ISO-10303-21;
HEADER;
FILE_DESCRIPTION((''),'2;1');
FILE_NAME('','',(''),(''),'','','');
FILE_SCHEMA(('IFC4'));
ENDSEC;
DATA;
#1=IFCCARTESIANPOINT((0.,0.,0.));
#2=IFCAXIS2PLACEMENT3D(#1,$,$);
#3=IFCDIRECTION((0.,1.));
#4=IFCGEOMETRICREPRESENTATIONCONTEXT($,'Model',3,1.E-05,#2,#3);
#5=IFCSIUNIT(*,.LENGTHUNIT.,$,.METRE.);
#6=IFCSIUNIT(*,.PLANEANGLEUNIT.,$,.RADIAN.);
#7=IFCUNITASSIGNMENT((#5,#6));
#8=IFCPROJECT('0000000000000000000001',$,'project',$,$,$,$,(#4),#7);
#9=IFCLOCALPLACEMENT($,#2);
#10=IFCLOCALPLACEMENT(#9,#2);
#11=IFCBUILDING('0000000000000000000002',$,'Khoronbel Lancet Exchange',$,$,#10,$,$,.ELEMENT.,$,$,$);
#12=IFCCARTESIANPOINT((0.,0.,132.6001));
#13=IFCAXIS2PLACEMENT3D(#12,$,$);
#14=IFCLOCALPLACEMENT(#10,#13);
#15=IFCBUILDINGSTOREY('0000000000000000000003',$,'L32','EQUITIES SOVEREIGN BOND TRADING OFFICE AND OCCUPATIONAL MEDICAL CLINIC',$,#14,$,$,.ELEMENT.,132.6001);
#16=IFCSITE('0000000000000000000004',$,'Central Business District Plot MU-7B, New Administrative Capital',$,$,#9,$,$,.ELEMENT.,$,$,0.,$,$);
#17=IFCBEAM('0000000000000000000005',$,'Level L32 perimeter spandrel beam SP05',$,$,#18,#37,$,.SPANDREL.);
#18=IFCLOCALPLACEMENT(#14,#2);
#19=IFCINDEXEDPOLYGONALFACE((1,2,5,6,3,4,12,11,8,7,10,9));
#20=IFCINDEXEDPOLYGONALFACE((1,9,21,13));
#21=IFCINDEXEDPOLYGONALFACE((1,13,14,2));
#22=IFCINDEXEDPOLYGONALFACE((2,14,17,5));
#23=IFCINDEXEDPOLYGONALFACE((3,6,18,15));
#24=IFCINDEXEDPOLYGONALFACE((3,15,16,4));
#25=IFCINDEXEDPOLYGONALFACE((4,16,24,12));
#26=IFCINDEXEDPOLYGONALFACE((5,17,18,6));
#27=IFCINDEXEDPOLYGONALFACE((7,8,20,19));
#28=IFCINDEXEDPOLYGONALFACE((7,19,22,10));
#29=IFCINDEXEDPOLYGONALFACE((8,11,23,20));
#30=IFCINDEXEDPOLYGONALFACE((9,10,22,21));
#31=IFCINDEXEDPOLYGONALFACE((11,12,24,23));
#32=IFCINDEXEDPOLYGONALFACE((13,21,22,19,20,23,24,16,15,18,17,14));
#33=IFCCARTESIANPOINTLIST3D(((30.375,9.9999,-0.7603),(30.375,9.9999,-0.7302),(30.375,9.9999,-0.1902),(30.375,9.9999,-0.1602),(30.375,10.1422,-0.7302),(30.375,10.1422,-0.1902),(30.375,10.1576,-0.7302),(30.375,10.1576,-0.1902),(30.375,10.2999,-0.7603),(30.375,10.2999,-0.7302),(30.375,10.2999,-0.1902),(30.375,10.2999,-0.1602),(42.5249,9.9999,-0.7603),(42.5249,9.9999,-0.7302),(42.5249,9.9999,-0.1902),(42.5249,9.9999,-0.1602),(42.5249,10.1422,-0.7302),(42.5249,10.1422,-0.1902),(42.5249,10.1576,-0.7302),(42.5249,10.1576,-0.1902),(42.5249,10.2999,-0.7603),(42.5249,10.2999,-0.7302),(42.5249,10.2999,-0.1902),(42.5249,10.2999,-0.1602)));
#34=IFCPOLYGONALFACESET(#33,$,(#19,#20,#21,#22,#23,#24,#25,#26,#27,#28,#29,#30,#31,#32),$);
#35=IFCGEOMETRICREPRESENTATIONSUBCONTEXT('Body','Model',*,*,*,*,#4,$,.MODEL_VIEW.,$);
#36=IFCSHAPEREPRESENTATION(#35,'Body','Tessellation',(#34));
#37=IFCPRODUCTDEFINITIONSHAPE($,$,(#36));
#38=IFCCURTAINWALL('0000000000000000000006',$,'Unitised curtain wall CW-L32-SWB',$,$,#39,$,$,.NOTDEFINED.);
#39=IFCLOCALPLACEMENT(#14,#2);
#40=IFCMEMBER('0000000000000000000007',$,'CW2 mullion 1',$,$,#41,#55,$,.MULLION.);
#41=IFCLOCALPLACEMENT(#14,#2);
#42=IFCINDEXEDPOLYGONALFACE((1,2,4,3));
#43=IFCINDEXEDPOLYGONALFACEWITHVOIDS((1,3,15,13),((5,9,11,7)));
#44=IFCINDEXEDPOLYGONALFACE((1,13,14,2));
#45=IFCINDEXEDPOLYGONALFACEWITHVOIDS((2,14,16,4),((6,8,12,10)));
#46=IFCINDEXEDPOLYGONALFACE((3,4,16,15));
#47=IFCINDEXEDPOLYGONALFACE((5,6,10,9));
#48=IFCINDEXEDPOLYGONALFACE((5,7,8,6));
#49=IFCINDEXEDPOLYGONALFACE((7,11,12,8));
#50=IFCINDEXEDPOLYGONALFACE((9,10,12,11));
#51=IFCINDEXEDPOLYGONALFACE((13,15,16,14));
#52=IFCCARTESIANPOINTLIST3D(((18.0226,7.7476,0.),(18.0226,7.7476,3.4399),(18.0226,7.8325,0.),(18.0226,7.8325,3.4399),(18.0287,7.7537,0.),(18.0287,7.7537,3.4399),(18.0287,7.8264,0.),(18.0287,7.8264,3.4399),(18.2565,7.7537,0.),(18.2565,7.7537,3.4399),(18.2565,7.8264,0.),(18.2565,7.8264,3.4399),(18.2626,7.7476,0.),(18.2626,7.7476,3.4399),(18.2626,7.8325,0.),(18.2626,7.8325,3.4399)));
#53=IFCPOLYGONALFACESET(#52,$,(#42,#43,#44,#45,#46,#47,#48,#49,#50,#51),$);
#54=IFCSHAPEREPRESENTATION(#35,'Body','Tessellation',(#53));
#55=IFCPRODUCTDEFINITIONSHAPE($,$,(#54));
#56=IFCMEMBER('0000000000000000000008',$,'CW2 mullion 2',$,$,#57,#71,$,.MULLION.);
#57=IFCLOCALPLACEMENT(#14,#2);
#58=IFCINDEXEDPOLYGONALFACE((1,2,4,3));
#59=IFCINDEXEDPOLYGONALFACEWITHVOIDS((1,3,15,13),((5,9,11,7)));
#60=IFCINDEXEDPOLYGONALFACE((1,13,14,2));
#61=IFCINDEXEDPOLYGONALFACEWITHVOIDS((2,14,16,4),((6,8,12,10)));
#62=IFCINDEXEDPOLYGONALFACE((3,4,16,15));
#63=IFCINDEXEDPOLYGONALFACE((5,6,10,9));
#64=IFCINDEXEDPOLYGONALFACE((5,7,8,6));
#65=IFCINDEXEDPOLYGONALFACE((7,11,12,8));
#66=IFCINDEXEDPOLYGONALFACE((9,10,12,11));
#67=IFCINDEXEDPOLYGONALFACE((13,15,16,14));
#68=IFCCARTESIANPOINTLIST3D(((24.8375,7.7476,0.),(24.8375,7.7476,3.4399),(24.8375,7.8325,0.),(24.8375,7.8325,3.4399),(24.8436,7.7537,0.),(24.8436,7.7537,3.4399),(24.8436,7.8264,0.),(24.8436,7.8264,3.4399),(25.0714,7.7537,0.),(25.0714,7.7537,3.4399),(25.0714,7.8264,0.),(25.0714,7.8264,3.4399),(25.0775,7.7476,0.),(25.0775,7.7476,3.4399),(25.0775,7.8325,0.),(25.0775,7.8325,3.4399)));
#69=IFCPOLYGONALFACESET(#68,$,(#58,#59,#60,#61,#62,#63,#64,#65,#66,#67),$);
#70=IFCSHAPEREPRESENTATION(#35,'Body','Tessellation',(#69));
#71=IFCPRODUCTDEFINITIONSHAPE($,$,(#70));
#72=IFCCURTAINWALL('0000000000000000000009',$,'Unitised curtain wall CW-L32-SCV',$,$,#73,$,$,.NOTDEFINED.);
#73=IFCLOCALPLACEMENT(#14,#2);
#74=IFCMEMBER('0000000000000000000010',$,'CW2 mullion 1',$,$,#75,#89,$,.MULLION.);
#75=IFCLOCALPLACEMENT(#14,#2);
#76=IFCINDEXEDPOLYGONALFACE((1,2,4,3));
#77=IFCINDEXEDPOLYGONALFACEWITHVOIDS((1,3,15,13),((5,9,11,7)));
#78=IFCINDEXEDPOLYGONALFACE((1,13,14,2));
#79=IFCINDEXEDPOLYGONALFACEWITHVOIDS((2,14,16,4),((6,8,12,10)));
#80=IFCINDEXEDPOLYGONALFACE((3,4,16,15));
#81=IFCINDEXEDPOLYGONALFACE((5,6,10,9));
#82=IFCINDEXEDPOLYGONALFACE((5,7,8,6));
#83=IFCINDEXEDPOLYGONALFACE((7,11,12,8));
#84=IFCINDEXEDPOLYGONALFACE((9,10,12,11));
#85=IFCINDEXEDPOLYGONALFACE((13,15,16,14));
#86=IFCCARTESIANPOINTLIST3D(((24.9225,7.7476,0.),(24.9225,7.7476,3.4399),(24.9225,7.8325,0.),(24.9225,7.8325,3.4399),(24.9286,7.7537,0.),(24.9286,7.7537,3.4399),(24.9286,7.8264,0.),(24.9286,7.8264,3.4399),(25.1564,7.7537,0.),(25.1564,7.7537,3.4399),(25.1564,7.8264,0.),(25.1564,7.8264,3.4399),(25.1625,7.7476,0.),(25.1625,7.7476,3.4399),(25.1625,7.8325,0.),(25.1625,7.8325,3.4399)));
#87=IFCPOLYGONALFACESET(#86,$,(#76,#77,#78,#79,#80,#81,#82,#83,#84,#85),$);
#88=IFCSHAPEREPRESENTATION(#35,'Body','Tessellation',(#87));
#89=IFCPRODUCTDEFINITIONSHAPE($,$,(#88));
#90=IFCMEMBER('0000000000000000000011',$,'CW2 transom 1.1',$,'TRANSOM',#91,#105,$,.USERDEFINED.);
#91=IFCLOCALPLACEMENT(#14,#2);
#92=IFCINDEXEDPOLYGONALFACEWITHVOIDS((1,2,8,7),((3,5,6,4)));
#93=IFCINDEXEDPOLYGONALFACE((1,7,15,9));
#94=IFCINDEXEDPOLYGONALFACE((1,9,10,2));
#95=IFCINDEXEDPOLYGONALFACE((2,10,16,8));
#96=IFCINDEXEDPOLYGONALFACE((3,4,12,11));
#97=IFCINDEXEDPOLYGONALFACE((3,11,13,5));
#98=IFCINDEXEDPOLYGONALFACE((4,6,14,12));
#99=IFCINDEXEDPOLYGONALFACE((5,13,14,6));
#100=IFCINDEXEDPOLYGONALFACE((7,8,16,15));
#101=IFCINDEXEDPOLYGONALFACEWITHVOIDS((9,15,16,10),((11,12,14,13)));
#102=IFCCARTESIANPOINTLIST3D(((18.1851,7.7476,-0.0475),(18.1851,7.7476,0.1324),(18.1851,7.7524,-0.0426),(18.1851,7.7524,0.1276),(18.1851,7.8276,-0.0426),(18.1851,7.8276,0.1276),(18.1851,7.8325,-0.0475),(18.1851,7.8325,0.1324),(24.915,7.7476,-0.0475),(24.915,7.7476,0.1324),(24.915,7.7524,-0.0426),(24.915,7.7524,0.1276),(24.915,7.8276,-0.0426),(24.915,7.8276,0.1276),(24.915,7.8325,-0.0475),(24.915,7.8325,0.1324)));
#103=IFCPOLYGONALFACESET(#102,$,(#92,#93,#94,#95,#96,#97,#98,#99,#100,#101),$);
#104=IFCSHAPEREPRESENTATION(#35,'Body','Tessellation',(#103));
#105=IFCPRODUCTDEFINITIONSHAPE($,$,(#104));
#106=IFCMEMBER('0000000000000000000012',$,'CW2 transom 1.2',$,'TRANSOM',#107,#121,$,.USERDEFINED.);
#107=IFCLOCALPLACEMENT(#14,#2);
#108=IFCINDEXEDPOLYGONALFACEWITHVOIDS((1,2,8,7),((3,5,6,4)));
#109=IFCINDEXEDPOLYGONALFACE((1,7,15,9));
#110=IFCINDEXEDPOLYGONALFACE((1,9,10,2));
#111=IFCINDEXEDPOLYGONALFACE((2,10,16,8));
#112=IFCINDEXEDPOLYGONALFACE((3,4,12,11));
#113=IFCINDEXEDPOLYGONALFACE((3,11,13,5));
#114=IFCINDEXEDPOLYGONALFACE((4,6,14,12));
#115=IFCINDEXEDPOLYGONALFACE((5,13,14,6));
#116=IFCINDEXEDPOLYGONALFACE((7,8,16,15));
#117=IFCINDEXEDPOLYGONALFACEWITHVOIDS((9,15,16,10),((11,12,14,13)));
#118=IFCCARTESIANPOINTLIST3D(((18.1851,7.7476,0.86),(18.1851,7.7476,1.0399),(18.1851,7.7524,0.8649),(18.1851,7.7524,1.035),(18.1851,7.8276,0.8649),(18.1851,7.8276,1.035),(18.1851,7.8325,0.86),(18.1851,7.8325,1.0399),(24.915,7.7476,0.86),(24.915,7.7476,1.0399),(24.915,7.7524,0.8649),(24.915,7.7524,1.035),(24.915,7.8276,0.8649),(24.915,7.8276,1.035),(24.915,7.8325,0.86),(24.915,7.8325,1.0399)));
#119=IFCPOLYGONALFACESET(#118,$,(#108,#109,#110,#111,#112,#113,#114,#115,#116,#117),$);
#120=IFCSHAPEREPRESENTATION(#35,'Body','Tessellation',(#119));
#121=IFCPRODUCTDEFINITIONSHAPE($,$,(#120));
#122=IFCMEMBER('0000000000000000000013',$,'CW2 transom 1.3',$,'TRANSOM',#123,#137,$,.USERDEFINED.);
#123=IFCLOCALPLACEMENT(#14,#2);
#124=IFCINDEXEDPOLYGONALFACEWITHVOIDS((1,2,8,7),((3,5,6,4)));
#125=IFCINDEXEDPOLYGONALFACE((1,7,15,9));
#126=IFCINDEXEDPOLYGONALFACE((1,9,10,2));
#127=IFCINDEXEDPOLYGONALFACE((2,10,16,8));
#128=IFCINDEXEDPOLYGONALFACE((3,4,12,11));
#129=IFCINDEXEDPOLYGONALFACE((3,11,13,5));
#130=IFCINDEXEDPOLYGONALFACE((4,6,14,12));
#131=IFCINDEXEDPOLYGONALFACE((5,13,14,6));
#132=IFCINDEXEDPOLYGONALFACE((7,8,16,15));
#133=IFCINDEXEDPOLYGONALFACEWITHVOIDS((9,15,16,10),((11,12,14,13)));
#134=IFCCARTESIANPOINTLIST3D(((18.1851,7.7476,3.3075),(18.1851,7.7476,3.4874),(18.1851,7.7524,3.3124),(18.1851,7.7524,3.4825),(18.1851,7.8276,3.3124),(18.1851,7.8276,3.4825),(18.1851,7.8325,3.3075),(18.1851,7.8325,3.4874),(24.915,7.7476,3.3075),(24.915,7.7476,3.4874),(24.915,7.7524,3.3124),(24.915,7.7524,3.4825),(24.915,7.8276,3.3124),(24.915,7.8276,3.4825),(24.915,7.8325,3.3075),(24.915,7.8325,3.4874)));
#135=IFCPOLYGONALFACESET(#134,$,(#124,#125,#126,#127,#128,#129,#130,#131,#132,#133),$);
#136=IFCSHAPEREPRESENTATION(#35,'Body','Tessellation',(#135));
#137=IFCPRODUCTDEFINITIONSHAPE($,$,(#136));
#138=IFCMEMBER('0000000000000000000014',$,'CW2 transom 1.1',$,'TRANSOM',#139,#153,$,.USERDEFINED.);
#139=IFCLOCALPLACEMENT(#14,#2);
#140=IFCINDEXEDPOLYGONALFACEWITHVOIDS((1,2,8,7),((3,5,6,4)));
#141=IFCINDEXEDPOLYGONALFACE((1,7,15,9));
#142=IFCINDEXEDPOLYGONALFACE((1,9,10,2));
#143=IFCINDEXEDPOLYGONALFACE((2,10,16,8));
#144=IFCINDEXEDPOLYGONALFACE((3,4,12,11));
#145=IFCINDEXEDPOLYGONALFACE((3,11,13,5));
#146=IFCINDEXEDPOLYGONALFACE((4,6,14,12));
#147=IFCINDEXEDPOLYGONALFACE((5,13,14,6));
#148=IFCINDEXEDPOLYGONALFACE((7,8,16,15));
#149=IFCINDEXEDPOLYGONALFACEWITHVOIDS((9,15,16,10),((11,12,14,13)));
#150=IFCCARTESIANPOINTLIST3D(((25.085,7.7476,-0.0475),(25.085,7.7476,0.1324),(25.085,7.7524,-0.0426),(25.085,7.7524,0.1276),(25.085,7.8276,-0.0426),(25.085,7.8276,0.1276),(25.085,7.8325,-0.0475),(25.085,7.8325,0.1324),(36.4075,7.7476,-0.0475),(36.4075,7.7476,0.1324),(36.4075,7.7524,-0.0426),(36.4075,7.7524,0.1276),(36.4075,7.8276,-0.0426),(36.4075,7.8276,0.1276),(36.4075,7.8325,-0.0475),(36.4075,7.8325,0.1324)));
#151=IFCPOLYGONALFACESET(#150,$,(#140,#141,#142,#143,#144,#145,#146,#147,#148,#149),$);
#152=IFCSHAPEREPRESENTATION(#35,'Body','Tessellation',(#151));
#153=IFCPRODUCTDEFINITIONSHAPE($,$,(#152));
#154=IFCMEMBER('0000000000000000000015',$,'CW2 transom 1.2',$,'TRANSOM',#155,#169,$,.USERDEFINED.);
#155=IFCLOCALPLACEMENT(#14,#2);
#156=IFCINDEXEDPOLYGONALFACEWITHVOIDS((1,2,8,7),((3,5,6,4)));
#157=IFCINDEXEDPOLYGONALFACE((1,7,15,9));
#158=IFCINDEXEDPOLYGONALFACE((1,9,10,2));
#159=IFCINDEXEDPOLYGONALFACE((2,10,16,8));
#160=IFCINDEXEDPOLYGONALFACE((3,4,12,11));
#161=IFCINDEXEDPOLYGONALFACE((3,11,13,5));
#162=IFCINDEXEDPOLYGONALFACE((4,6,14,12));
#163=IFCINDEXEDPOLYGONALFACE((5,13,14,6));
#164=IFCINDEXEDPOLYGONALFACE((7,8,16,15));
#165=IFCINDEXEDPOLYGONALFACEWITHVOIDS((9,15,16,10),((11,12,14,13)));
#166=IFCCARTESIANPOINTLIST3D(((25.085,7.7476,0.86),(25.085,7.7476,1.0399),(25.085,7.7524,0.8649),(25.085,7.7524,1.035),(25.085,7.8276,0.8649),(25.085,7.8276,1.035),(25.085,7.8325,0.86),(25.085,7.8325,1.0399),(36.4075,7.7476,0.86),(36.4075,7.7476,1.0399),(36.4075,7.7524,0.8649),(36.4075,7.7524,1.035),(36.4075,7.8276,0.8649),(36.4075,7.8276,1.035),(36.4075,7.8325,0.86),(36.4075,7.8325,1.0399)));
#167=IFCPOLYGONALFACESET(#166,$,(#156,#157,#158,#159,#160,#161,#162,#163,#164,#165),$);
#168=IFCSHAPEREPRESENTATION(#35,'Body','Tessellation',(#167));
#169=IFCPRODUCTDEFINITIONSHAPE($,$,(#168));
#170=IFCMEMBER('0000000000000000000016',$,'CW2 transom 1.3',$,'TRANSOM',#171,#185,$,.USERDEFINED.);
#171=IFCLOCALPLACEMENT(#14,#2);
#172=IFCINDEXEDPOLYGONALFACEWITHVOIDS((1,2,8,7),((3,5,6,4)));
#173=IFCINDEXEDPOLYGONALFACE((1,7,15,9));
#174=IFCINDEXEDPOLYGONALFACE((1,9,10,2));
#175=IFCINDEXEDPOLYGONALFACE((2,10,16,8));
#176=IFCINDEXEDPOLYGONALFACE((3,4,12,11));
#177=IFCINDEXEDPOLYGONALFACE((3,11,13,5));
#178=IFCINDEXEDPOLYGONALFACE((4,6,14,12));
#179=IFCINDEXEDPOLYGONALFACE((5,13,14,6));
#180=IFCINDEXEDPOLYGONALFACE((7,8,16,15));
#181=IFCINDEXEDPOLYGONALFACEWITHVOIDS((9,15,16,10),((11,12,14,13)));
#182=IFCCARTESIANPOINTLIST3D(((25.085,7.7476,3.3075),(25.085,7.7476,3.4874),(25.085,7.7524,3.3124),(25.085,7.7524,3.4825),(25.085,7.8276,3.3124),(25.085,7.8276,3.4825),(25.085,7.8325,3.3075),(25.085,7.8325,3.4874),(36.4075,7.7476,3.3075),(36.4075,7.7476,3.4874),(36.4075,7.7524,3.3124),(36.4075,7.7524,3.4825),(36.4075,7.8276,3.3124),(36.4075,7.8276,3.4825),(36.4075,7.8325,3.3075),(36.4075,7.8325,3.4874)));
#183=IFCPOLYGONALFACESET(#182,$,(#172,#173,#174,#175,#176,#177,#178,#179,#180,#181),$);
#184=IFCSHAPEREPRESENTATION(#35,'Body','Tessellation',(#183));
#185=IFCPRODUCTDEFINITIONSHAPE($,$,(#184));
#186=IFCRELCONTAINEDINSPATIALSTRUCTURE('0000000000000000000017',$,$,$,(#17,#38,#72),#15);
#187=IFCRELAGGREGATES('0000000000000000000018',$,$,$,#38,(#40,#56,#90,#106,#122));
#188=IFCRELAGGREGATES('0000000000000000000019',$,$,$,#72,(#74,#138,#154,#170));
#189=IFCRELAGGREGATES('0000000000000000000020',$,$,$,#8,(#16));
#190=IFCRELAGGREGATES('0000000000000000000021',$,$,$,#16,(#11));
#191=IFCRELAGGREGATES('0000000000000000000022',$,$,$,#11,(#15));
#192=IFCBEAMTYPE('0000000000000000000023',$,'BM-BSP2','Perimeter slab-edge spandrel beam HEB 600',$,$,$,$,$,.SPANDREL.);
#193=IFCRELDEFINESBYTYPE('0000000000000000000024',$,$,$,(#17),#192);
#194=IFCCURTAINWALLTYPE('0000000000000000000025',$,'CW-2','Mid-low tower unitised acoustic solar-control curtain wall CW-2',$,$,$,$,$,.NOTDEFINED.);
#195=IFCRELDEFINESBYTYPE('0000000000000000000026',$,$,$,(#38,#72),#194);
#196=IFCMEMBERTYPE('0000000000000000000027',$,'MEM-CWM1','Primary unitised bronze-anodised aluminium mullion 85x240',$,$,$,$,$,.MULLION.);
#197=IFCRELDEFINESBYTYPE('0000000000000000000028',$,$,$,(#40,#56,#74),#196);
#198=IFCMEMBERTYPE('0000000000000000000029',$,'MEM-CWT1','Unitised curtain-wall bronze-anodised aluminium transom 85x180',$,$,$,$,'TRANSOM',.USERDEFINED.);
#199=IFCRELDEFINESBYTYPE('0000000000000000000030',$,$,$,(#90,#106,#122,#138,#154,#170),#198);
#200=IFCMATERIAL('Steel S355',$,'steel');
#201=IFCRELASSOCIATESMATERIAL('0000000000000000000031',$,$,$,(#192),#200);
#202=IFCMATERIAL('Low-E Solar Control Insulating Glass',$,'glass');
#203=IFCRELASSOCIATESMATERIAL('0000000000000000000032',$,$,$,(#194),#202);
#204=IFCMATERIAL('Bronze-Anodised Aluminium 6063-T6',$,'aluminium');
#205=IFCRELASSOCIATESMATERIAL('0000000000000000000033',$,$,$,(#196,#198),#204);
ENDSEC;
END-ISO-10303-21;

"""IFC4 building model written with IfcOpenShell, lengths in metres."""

from ifc_helpers import new_model, si_unit, direction, frame, origin, origin_2d, place, context, subcontext, project, spatial, hollow_rectangle, i_section, extrude, material, material_profile, profile_set, type_object, element, aggregate, save


model = new_model("IFC4")

# Units and contexts
model_context = context("Model", 3, precision=1e-05, world=origin(), true_north=direction((0.0, 1.0)))
body_context = subcontext(model_context, "Body", "Model", "MODEL_VIEW")
ifc_project = project(units=[si_unit("LENGTHUNIT", "METRE"), si_unit("PLANEANGLEUNIT", "RADIAN")], contexts=[model_context])

# Site, building, storey
site_placement = place(None, origin())
site = spatial("IfcSite", under=ifc_project, at=site_placement, Name="Central Business District Plot MU-7B, New Administrative Capital", CompositionType="ELEMENT", RefElevation=0.0)
building_placement = place(site_placement, origin())
building = spatial("IfcBuilding", under=site, at=building_placement, Name="Khoronbel Lancet Exchange", CompositionType="ELEMENT")
storey_placement = place(building_placement, frame((0.0, 0.0, 132.6001)))
storey = spatial("IfcBuildingStorey", under=building, at=storey_placement, Name="L32", Description="EQUITIES SOVEREIGN BOND TRADING OFFICE AND OCCUPATIONAL MEDICAL CLINIC", CompositionType="ELEMENT", Elevation=132.6001)

# Beam
ifc_material_1 = material(Name="Steel S355", Category="steel")
ifc_material_profile_1 = material_profile(ifc_material_1, i_section(OverallWidth=0.3, OverallDepth=0.6001, WebThickness=0.0154, FlangeThickness=0.03, at=origin_2d()), Name="HEB 600")
ifc_profile_set_1 = profile_set([ifc_material_profile_1], Name="Steel S355")
beam_type_1 = type_object("IfcBeamType", Name="BM-BSP2", Description="Perimeter slab-edge spandrel beam HEB 600", PredefinedType="SPANDREL", material=ifc_profile_set_1)
beam_1_placement = place(storey_placement, frame((30.375, 10.1499, -0.4602), z_axis=(1.0, 0.0, 0.0), x_axis=(0.0, 1.0, 0.0)))
element("IfcBeam", 1, at=beam_1_placement, inside=storey, type_object=beam_type_1, Name="Level L32 perimeter spandrel beam SP05", PredefinedType="SPANDREL", context=body_context, shape_type="SweptSolid", body=[
    extrude(i_section(OverallWidth=0.3, OverallDepth=0.6001, WebThickness=0.0154, FlangeThickness=0.03, at=origin_2d()), origin(), (0.0, 0.0, 1.0), 12.1499),
])

# Curtain wall, members
ifc_material_2 = material(Name="Low-E Solar Control Insulating Glass", Category="glass")
curtain_wall_type = type_object("IfcCurtainWallType", Name="CW-2", Description="Mid-low tower unitised acoustic solar-control curtain wall CW-2", PredefinedType="NOTDEFINED", material=ifc_material_2)
curtain_wall_1_placement = place(storey_placement, origin())
curtain_wall_1 = element("IfcCurtainWall", 2, at=curtain_wall_1_placement, inside=storey, type_object=curtain_wall_type, Name="Unitised curtain wall CW-L32-SWB", PredefinedType="NOTDEFINED")
ifc_material_3 = material(Name="Bronze-Anodised Aluminium 6063-T6", Category="aluminium")
ifc_material_profile_2 = material_profile(ifc_material_3, hollow_rectangle(XDim=0.085, YDim=0.24, WallThickness=0.0061, at=origin_2d()), Name="ALU MULLION 85x240")
ifc_profile_set_2 = profile_set([ifc_material_profile_2], Name="Bronze-Anodised Aluminium 6063-T6")
member_type_1 = type_object("IfcMemberType", Name="MEM-CWM1", Description="Primary unitised bronze-anodised aluminium mullion 85x240", PredefinedType="MULLION", material=ifc_profile_set_2)
member_1_placement = place(storey_placement, frame((18.1426, 7.79, 0.0), z_axis=(0.0, 0.0, 1.0), x_axis=(0.0, 1.0, 0.0)))
member_1 = element("IfcMember", 3, at=member_1_placement, type_object=member_type_1, Name="CW2 mullion 1", PredefinedType="MULLION", context=body_context, shape_type="SweptSolid", body=[
    extrude(hollow_rectangle(XDim=0.085, YDim=0.24, WallThickness=0.0061, at=origin_2d()), origin(), (0.0, 0.0, 1.0), 3.4399),
])
member_2_placement = place(storey_placement, frame((24.9575, 7.79, 0.0), z_axis=(0.0, 0.0, 1.0), x_axis=(0.0, 1.0, 0.0)))
member_2 = element("IfcMember", 4, at=member_2_placement, type_object=member_type_1, Name="CW2 mullion 2", PredefinedType="MULLION", context=body_context, shape_type="SweptSolid", body=[
    extrude(hollow_rectangle(XDim=0.085, YDim=0.24, WallThickness=0.0061, at=origin_2d()), origin(), (0.0, 0.0, 1.0), 3.4399),
])

# Curtain wall, member
curtain_wall_2_placement = place(storey_placement, origin())
curtain_wall_2 = element("IfcCurtainWall", 5, at=curtain_wall_2_placement, inside=storey, type_object=curtain_wall_type, Name="Unitised curtain wall CW-L32-SCV", PredefinedType="NOTDEFINED")
member_3_placement = place(storey_placement, frame((25.0425, 7.79, 0.0), z_axis=(0.0, 0.0, 1.0), x_axis=(0.0, 1.0, 0.0)))
member_3 = element("IfcMember", 6, at=member_3_placement, type_object=member_type_1, Name="CW2 mullion 1", PredefinedType="MULLION", context=body_context, shape_type="SweptSolid", body=[
    extrude(hollow_rectangle(XDim=0.085, YDim=0.24, WallThickness=0.0061, at=origin_2d()), origin(), (0.0, 0.0, 1.0), 3.4399),
])

# Members
ifc_material_profile_3 = material_profile(ifc_material_3, hollow_rectangle(XDim=0.085, YDim=0.1799, WallThickness=0.0049, at=origin_2d()), Name="ALU TRANSOM 85x180")
ifc_profile_set_3 = profile_set([ifc_material_profile_3], Name="Bronze-Anodised Aluminium 6063-T6")
member_type_2 = type_object("IfcMemberType", Name="MEM-CWT1", Description="Unitised curtain-wall bronze-anodised aluminium transom 85x180", ElementType="TRANSOM", PredefinedType="USERDEFINED", material=ifc_profile_set_3)
member_4_placement = place(storey_placement, frame((18.1851, 7.79, 0.0425), z_axis=(1.0, 0.0, 0.0), x_axis=(0.0, 1.0, 0.0)))
member_4 = element("IfcMember", 7, at=member_4_placement, type_object=member_type_2, Name="CW2 transom 1.1", ObjectType="TRANSOM", PredefinedType="USERDEFINED", context=body_context, shape_type="SweptSolid", body=[
    extrude(hollow_rectangle(XDim=0.085, YDim=0.1799, WallThickness=0.0049, at=origin_2d()), origin(), (0.0, 0.0, 1.0), 6.73),
])
member_5_placement = place(storey_placement, frame((18.1851, 7.79, 0.95), z_axis=(1.0, 0.0, 0.0), x_axis=(0.0, 1.0, 0.0)))
member_5 = element("IfcMember", 8, at=member_5_placement, type_object=member_type_2, Name="CW2 transom 1.2", ObjectType="TRANSOM", PredefinedType="USERDEFINED", context=body_context, shape_type="SweptSolid", body=[
    extrude(hollow_rectangle(XDim=0.085, YDim=0.1799, WallThickness=0.0049, at=origin_2d()), origin(), (0.0, 0.0, 1.0), 6.73),
])
member_6_placement = place(storey_placement, frame((18.1851, 7.79, 3.3975), z_axis=(1.0, 0.0, 0.0), x_axis=(0.0, 1.0, 0.0)))
member_6 = element("IfcMember", 9, at=member_6_placement, type_object=member_type_2, Name="CW2 transom 1.3", ObjectType="TRANSOM", PredefinedType="USERDEFINED", context=body_context, shape_type="SweptSolid", body=[
    extrude(hollow_rectangle(XDim=0.085, YDim=0.1799, WallThickness=0.0049, at=origin_2d()), origin(), (0.0, 0.0, 1.0), 6.73),
])
member_7_placement = place(storey_placement, frame((25.085, 7.79, 0.0425), z_axis=(1.0, 0.0, 0.0), x_axis=(0.0, 1.0, 0.0)))
member_7 = element("IfcMember", 10, at=member_7_placement, type_object=member_type_2, Name="CW2 transom 1.1", ObjectType="TRANSOM", PredefinedType="USERDEFINED", context=body_context, shape_type="SweptSolid", body=[
    extrude(hollow_rectangle(XDim=0.085, YDim=0.1799, WallThickness=0.0049, at=origin_2d()), origin(), (0.0, 0.0, 1.0), 11.3225),
])
member_8_placement = place(storey_placement, frame((25.085, 7.79, 0.95), z_axis=(1.0, 0.0, 0.0), x_axis=(0.0, 1.0, 0.0)))
member_8 = element("IfcMember", 11, at=member_8_placement, type_object=member_type_2, Name="CW2 transom 1.2", ObjectType="TRANSOM", PredefinedType="USERDEFINED", context=body_context, shape_type="SweptSolid", body=[
    extrude(hollow_rectangle(XDim=0.085, YDim=0.1799, WallThickness=0.0049, at=origin_2d()), origin(), (0.0, 0.0, 1.0), 11.3225),
])
member_9_placement = place(storey_placement, frame((25.085, 7.79, 3.3975), z_axis=(1.0, 0.0, 0.0), x_axis=(0.0, 1.0, 0.0)))
member_9 = element("IfcMember", 12, at=member_9_placement, type_object=member_type_2, Name="CW2 transom 1.3", ObjectType="TRANSOM", PredefinedType="USERDEFINED", context=body_context, shape_type="SweptSolid", body=[
    extrude(hollow_rectangle(XDim=0.085, YDim=0.1799, WallThickness=0.0049, at=origin_2d()), origin(), (0.0, 0.0, 1.0), 11.3225),
])

aggregate(curtain_wall_1, [member_1, member_2, member_4, member_5, member_6])
aggregate(curtain_wall_2, [member_3, member_7, member_8, member_9])

save(model, "model.ifc")
